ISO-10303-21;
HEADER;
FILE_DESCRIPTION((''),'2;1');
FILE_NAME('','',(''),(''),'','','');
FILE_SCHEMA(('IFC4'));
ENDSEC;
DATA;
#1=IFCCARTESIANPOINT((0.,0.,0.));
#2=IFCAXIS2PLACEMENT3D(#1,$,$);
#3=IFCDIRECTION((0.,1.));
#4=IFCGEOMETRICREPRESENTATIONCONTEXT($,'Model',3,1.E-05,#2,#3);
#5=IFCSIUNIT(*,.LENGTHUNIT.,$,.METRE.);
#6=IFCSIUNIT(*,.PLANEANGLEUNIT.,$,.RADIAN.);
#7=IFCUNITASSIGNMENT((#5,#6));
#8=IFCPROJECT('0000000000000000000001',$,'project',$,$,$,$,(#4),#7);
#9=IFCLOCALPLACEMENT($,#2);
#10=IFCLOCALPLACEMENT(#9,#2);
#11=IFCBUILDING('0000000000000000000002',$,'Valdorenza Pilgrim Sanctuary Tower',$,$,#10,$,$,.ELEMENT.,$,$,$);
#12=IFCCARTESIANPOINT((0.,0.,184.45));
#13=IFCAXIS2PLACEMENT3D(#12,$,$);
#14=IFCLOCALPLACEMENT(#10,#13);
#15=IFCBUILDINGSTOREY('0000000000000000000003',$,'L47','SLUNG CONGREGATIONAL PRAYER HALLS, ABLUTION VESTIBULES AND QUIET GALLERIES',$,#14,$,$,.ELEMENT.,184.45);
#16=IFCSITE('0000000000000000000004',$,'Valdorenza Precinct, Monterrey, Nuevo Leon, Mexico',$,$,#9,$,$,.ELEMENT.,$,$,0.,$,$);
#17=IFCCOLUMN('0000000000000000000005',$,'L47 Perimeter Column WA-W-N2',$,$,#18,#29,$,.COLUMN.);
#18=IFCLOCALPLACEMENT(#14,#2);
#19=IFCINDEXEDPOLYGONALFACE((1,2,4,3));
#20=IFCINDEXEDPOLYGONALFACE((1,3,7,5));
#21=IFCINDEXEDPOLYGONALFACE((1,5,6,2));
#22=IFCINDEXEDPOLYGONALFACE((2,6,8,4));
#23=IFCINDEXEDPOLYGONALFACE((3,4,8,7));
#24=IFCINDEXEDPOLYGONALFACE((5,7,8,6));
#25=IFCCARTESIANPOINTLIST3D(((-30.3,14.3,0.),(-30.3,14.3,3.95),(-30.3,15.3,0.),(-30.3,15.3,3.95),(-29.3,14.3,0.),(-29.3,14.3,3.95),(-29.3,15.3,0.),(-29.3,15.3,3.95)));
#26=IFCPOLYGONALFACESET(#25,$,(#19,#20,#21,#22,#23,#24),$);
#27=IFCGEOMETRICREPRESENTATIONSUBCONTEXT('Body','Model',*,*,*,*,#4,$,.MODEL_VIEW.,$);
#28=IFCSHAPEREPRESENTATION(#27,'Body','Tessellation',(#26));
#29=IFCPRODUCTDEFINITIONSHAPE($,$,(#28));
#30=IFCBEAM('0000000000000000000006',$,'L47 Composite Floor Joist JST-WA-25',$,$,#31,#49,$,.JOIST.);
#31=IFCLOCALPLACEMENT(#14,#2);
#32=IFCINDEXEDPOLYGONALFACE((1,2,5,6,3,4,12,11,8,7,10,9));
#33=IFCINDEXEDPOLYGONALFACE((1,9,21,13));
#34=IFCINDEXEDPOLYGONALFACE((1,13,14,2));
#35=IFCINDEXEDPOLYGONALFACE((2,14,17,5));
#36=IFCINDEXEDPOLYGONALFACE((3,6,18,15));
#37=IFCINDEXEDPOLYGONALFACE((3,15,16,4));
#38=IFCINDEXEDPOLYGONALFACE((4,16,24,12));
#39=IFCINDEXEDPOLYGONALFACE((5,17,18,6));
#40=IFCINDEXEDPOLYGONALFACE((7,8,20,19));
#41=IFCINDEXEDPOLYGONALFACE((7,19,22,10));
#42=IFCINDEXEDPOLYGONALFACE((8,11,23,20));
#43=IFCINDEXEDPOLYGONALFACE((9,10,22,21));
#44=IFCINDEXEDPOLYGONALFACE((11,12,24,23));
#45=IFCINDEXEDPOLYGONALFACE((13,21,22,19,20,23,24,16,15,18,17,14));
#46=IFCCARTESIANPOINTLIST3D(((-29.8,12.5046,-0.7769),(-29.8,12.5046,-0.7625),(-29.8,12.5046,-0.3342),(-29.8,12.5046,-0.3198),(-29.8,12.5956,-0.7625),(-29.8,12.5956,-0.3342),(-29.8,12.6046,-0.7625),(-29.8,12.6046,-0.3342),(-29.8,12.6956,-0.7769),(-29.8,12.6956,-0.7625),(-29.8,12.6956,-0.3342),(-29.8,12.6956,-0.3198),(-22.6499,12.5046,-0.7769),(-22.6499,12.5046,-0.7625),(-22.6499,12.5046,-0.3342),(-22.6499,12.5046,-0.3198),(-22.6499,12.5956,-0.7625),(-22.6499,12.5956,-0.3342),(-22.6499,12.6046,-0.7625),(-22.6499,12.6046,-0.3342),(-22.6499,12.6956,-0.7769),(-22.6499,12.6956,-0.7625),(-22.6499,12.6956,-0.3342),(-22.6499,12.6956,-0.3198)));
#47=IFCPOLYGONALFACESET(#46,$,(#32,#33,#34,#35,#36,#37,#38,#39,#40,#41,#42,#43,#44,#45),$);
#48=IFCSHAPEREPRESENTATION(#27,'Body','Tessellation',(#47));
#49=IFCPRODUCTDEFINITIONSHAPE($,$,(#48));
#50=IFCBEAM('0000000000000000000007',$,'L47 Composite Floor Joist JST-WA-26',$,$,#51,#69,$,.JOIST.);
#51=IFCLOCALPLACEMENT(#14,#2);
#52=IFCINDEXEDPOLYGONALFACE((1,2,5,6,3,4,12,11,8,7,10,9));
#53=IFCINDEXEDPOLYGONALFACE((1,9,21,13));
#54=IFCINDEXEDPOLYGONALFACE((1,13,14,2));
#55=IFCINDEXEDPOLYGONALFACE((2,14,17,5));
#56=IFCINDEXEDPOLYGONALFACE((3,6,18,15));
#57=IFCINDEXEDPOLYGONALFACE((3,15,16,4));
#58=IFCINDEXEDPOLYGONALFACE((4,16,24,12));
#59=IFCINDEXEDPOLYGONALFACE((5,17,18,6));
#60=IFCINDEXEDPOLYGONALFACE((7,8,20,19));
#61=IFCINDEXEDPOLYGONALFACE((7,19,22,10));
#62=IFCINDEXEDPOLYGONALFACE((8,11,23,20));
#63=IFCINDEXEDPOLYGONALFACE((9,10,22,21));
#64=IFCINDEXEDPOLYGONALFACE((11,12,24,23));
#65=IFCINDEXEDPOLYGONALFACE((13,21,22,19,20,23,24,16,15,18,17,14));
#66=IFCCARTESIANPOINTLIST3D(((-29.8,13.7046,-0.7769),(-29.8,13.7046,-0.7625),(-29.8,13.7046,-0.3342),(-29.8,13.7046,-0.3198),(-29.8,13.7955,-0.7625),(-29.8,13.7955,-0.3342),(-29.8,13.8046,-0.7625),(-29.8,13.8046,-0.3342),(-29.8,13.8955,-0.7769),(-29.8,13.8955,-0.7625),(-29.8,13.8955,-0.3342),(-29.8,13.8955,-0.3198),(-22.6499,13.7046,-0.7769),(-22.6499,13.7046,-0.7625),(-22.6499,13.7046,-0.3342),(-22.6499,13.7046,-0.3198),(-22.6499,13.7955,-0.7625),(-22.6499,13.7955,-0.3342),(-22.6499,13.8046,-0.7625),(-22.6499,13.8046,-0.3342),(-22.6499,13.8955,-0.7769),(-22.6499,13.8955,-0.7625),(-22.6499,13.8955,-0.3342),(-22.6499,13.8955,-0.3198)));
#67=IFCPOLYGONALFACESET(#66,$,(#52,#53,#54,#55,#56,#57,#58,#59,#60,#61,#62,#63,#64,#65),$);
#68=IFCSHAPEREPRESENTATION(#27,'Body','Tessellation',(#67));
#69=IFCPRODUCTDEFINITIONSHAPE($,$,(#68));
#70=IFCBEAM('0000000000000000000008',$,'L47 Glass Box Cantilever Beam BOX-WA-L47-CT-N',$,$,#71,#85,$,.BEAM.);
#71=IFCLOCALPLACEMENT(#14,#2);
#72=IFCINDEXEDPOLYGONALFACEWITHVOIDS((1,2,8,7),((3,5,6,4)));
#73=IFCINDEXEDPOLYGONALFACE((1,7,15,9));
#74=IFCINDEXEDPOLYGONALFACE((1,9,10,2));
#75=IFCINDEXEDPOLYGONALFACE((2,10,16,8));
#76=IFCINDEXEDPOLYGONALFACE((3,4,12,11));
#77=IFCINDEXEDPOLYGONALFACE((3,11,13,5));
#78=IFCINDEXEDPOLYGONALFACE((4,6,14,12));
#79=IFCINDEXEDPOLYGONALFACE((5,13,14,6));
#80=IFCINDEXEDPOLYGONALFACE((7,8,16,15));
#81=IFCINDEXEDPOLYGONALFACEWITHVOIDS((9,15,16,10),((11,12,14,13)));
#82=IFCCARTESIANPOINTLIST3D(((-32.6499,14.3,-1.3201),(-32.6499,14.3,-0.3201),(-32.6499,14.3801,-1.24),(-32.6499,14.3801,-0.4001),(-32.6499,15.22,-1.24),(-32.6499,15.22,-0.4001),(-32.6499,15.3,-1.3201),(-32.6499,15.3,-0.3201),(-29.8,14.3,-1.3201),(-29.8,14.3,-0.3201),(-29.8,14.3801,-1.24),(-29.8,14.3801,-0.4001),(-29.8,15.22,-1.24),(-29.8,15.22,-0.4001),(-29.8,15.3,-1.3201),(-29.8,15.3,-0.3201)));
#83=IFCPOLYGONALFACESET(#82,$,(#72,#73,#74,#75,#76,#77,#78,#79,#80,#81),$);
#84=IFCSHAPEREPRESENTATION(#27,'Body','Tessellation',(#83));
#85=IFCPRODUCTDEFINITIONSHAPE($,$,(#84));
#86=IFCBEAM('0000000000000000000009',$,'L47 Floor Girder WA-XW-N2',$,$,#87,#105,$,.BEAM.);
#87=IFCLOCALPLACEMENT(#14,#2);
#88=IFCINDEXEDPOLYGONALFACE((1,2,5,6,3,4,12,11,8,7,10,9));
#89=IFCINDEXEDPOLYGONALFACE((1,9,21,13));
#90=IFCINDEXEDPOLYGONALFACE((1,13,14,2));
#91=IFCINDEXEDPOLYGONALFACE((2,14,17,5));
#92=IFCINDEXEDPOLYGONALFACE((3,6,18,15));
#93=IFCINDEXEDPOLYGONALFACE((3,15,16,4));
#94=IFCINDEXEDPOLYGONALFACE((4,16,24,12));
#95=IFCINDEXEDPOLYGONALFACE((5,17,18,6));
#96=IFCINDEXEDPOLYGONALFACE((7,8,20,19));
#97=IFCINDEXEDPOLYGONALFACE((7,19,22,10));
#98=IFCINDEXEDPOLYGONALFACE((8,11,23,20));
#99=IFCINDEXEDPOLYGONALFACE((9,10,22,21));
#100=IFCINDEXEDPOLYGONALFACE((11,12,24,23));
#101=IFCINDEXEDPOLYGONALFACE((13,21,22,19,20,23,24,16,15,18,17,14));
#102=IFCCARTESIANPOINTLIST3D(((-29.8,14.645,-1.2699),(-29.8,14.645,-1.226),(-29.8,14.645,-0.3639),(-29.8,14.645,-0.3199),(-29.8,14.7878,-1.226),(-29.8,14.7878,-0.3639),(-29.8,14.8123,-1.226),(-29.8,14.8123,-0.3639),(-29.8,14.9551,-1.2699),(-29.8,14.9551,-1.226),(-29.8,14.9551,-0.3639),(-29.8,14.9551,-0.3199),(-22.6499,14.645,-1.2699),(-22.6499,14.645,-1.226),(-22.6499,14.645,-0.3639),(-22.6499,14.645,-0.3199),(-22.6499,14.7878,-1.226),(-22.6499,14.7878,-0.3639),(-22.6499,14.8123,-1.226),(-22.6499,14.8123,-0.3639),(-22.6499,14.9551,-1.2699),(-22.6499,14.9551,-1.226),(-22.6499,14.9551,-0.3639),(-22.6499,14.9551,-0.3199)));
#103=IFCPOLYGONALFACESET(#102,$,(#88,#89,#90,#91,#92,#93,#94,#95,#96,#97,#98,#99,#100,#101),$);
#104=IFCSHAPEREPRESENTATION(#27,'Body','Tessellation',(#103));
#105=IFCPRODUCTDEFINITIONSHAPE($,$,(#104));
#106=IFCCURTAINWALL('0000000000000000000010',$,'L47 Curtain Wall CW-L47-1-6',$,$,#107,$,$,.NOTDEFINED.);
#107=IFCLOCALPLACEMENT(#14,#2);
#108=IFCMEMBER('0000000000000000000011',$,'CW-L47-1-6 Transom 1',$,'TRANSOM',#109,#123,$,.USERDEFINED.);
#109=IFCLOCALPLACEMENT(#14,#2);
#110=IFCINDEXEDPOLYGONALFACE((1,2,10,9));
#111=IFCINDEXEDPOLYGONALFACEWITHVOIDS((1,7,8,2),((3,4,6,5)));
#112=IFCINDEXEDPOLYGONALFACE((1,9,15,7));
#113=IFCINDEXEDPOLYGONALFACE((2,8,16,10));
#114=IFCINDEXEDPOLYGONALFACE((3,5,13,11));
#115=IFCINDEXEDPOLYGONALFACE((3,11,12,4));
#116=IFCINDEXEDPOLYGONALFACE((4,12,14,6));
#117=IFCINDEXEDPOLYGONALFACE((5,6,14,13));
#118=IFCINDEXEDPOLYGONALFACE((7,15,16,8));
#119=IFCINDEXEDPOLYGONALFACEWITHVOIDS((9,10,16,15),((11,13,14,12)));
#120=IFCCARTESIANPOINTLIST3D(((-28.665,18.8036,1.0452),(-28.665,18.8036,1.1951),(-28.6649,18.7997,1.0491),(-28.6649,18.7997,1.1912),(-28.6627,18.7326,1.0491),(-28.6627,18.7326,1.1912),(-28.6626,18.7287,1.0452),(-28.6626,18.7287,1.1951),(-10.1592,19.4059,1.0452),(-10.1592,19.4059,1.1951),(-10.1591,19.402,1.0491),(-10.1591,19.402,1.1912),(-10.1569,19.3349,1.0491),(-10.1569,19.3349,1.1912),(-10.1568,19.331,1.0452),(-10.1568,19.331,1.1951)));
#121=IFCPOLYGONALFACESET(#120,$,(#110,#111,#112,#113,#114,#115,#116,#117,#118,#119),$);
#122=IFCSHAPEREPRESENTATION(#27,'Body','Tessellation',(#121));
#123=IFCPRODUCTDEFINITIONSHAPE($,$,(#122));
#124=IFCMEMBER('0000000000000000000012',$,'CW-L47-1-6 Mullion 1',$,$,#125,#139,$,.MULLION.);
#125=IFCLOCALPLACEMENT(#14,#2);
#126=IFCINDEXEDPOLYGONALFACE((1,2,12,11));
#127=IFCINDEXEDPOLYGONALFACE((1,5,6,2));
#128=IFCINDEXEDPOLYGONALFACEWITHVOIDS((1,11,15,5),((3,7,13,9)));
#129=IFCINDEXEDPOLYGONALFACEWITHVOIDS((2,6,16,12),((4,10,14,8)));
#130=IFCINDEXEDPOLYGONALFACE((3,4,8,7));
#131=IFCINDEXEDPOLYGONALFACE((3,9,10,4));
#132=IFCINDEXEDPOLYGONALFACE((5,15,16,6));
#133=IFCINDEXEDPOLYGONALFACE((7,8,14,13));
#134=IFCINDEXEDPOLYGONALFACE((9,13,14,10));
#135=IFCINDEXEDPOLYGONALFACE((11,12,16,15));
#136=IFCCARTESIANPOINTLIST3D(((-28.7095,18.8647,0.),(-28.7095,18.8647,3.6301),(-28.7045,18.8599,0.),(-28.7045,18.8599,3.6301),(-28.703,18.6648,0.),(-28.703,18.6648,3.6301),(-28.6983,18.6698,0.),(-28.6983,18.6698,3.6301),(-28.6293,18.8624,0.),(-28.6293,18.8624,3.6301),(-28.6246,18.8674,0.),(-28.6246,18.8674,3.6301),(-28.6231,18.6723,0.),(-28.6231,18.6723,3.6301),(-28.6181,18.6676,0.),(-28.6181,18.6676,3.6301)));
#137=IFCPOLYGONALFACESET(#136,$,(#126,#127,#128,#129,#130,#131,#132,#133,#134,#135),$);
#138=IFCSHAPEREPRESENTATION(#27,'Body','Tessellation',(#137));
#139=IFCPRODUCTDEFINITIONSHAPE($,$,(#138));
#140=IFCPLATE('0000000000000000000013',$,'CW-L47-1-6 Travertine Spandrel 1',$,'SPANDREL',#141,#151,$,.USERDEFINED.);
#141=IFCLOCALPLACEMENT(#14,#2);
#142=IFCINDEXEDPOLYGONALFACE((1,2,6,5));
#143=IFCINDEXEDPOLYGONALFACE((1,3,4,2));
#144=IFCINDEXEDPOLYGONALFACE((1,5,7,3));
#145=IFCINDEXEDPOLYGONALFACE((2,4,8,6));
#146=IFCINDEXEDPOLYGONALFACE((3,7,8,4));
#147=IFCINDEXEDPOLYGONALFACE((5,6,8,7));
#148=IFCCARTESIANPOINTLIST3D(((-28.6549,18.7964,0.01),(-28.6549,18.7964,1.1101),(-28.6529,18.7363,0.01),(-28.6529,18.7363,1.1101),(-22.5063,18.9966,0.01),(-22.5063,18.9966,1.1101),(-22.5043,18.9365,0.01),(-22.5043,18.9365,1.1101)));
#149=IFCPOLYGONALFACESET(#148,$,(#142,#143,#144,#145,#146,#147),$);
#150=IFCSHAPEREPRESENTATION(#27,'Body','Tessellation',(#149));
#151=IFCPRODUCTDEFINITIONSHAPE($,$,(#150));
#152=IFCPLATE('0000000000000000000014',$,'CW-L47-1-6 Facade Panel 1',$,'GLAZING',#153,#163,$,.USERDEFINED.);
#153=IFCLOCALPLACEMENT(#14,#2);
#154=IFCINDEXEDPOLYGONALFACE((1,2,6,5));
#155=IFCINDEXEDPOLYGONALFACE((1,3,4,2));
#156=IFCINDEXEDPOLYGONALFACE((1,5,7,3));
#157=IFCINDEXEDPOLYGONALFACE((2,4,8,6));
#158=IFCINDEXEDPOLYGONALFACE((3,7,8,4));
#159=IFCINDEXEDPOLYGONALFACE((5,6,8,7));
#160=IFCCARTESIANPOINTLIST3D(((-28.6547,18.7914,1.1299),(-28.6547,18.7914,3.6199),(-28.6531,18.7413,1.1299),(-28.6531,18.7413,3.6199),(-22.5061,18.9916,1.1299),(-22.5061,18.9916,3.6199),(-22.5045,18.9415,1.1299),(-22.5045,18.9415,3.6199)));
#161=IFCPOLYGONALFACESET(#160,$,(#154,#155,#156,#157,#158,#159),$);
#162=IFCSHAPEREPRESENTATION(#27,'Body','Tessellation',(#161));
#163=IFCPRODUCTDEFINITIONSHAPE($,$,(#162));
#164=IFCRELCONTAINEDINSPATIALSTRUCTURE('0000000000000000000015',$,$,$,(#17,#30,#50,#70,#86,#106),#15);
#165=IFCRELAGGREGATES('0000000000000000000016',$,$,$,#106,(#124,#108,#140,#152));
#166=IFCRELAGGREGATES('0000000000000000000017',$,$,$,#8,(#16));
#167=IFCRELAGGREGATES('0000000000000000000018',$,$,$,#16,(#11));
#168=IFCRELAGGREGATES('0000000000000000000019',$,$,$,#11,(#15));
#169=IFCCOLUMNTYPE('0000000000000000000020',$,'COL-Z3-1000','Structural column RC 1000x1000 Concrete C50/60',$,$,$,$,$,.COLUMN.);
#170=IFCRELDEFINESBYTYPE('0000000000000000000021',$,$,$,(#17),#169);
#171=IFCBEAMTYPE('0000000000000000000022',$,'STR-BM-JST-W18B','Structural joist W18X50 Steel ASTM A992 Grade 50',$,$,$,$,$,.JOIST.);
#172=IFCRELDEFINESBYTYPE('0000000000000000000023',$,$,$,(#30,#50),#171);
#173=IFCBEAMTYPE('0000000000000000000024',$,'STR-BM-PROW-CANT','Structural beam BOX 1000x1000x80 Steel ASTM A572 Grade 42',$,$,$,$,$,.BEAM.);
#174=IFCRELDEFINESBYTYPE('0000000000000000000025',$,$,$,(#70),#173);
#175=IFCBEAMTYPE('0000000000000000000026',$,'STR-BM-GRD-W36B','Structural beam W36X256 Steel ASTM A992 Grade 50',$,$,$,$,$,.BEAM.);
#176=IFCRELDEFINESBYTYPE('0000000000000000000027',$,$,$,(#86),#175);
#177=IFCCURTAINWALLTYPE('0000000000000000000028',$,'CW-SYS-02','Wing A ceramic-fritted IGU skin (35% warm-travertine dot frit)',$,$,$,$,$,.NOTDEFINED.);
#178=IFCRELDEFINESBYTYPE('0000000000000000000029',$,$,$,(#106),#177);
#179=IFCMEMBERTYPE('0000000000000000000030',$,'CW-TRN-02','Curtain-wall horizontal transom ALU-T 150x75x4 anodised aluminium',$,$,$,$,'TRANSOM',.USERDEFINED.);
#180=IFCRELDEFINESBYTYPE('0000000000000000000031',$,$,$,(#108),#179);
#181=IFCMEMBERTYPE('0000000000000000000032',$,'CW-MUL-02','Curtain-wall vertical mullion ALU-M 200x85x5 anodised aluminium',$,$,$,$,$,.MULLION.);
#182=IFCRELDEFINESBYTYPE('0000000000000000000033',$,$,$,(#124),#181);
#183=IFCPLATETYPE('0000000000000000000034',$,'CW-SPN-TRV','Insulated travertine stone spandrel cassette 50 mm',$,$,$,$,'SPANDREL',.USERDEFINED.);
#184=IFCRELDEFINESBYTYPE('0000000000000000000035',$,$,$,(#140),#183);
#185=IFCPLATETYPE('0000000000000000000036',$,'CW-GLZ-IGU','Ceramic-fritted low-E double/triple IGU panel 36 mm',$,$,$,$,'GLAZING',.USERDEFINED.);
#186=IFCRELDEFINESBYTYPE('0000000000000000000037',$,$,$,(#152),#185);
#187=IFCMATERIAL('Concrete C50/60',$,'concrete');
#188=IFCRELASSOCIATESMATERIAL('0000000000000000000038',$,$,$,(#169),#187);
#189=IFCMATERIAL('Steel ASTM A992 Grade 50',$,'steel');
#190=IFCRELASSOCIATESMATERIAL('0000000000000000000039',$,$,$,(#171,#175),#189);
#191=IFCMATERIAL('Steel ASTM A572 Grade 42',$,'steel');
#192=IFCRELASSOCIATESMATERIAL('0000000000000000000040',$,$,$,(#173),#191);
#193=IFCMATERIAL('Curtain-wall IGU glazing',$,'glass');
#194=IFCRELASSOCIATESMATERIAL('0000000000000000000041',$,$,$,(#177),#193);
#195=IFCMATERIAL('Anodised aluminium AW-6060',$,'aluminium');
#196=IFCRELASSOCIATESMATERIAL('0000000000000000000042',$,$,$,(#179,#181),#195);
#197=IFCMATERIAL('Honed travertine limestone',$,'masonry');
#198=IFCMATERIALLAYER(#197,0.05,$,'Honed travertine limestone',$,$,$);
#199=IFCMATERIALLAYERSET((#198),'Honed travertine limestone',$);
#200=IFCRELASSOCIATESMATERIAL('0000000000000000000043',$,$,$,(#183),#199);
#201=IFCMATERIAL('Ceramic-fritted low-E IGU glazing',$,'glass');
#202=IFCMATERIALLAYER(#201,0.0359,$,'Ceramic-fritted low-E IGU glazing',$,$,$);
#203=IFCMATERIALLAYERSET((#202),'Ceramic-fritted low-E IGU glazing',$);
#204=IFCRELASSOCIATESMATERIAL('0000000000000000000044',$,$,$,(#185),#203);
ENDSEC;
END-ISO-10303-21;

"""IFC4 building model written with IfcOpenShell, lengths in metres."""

from ifc_helpers import new_model, si_unit, direction, frame, origin, origin_2d, place, context, subcontext, project, spatial, rectangle, hollow_rectangle, i_section, extrude, source, transform, mapped, material, layer, layer_set, material_profile, profile_set, type_object, element, aggregate, save


model = new_model("IFC4")

# Units and contexts
model_context = context("Model", 3, precision=1e-05, world=origin(), true_north=direction((0.0, 1.0)))
body_context = subcontext(model_context, "Body", "Model", "MODEL_VIEW")
ifc_project = project(units=[si_unit("LENGTHUNIT", "METRE"), si_unit("PLANEANGLEUNIT", "RADIAN")], contexts=[model_context])

# Site, building, storey
site_placement = place(None, origin())
site = spatial("IfcSite", under=ifc_project, at=site_placement, Name="Valdorenza Precinct, Monterrey, Nuevo Leon, Mexico", CompositionType="ELEMENT", RefElevation=0.0)
building_placement = place(site_placement, origin())
building = spatial("IfcBuilding", under=site, at=building_placement, Name="Valdorenza Pilgrim Sanctuary Tower", CompositionType="ELEMENT")
storey_placement = place(building_placement, frame((0.0, 0.0, 184.45)))
storey = spatial("IfcBuildingStorey", under=building, at=storey_placement, Name="L47", Description="SLUNG CONGREGATIONAL PRAYER HALLS, ABLUTION VESTIBULES AND QUIET GALLERIES", CompositionType="ELEMENT", Elevation=184.45)

# Column
ifc_material_1 = material(Name="Concrete C50/60", Category="concrete")
ifc_material_profile_1 = material_profile(ifc_material_1, rectangle(XDim=1.0, YDim=1.0, at=origin_2d()), Name="RC 1000x1000")
ifc_profile_set_1 = profile_set([ifc_material_profile_1], Name="Concrete C50/60")
column_type = type_object("IfcColumnType", Name="COL-Z3-1000", Description="Structural column RC 1000x1000 Concrete C50/60", PredefinedType="COLUMN", material=ifc_profile_set_1)
shared_shape_1 = source(origin(), body_context, "Body", "SweptSolid", [
    extrude(rectangle(XDim=1.0, YDim=1.0, at=origin_2d()), origin(), (0.0, 0.0, 1.0), 3.95),
])
column_placement = place(storey_placement, frame((-29.8, 14.8, 0.0), z_axis=(0.0, 0.0, 1.0), x_axis=(1.0, 0.0, 0.0)))
element("IfcColumn", 1, at=column_placement, inside=storey, type_object=column_type, Name="L47 Perimeter Column WA-W-N2", PredefinedType="COLUMN", context=body_context, shape_type="MappedRepresentation", body=[
    mapped(shared_shape_1, transform((0.0, 0.0, 0.0), x_axis=(1.0, 0.0, 0.0), y_axis=(0.0, 1.0, 0.0), z_axis=(0.0, 0.0, 1.0), scale=1.0)),
])

# Beams
ifc_material_2 = material(Name="Steel ASTM A992 Grade 50", Category="steel")
ifc_material_profile_2 = material_profile(ifc_material_2, i_section(OverallWidth=0.1909, OverallDepth=0.457, WebThickness=0.009, FlangeThickness=0.0144, at=origin_2d()), Name="W18X50")
ifc_profile_set_2 = profile_set([ifc_material_profile_2], Name="Steel ASTM A992 Grade 50")
beam_type_1 = type_object("IfcBeamType", Name="STR-BM-JST-W18B", Description="Structural joist W18X50 Steel ASTM A992 Grade 50", PredefinedType="JOIST", material=ifc_profile_set_2)
shared_shape_2 = source(origin(), body_context, "Body", "SweptSolid", [
    extrude(i_section(OverallWidth=0.1909, OverallDepth=0.457, WebThickness=0.009, FlangeThickness=0.0144, at=origin_2d()), origin(), (0.0, 0.0, 1.0), 7.1501),
])
for number, where, z_axis, x_axis, name in (
    (2, (-29.8, 12.6001, -0.5483), (1.0, 0.0, 0.0), (0.0, 1.0, 0.0), "L47 Composite Floor Joist JST-WA-25"),
    (3, (-29.8, 13.8, -0.5483), (1.0, 0.0, 0.0), (0.0, 1.0, 0.0), "L47 Composite Floor Joist JST-WA-26"),
):
    element("IfcBeam", number, at=place(storey_placement, frame(where, z_axis=z_axis, x_axis=x_axis)), inside=storey, type_object=beam_type_1, Name=name, PredefinedType="JOIST", context=body_context, shape_type="MappedRepresentation", body=[
        mapped(shared_shape_2, transform((0.0, 0.0, 0.0), x_axis=(1.0, 0.0, 0.0), y_axis=(0.0, 1.0, 0.0), z_axis=(0.0, 0.0, 1.0), scale=1.0)),
    ])
ifc_material_3 = material(Name="Steel ASTM A572 Grade 42", Category="steel")
ifc_material_profile_3 = material_profile(ifc_material_3, hollow_rectangle(XDim=1.0, YDim=1.0, WallThickness=0.0801, at=origin_2d()), Name="BOX 1000x1000x80")
ifc_profile_set_3 = profile_set([ifc_material_profile_3], Name="Steel ASTM A572 Grade 42")
beam_type_2 = type_object("IfcBeamType", Name="STR-BM-PROW-CANT", Description="Structural beam BOX 1000x1000x80 Steel ASTM A572 Grade 42", PredefinedType="BEAM", material=ifc_profile_set_3)
shared_shape_3 = source(origin(), body_context, "Body", "SweptSolid", [
    extrude(hollow_rectangle(XDim=1.0, YDim=1.0, WallThickness=0.0801, at=origin_2d()), origin(), (0.0, 0.0, 1.0), 2.8499),
])
beam_1_placement = place(storey_placement, frame((-29.8, 14.8, -0.8201), z_axis=(-1.0, 0.0, 0.0), x_axis=(0.0, -1.0, 0.0)))
element("IfcBeam", 4, at=beam_1_placement, inside=storey, type_object=beam_type_2, Name="L47 Glass Box Cantilever Beam BOX-WA-L47-CT-N", PredefinedType="BEAM", context=body_context, shape_type="MappedRepresentation", body=[
    mapped(shared_shape_3, transform((0.0, 0.0, 0.0), x_axis=(1.0, 0.0, 0.0), y_axis=(0.0, 1.0, 0.0), z_axis=(0.0, 0.0, 1.0), scale=1.0)),
])
ifc_material_profile_4 = material_profile(ifc_material_2, i_section(OverallWidth=0.3101, OverallDepth=0.95, WebThickness=0.0244, FlangeThickness=0.0439, at=origin_2d()), Name="W36X256")
ifc_profile_set_4 = profile_set([ifc_material_profile_4], Name="Steel ASTM A992 Grade 50")
beam_type_3 = type_object("IfcBeamType", Name="STR-BM-GRD-W36B", Description="Structural beam W36X256 Steel ASTM A992 Grade 50", PredefinedType="BEAM", material=ifc_profile_set_4)
shared_shape_4 = source(origin(), body_context, "Body", "SweptSolid", [
    extrude(i_section(OverallWidth=0.3101, OverallDepth=0.95, WebThickness=0.0244, FlangeThickness=0.0439, at=origin_2d()), origin(), (0.0, 0.0, 1.0), 7.1501),
])
beam_2_placement = place(storey_placement, frame((-29.8, 14.8, -0.7949), z_axis=(1.0, 0.0, 0.0), x_axis=(0.0, 1.0, 0.0)))
element("IfcBeam", 5, at=beam_2_placement, inside=storey, type_object=beam_type_3, Name="L47 Floor Girder WA-XW-N2", PredefinedType="BEAM", context=body_context, shape_type="MappedRepresentation", body=[
    mapped(shared_shape_4, transform((0.0, 0.0, 0.0), x_axis=(1.0, 0.0, 0.0), y_axis=(0.0, 1.0, 0.0), z_axis=(0.0, 0.0, 1.0), scale=1.0)),
])

# Curtain wall, members, plates
ifc_material_4 = material(Name="Curtain-wall IGU glazing", Category="glass")
curtain_wall_type = type_object("IfcCurtainWallType", Name="CW-SYS-02", Description="Wing A ceramic-fritted IGU skin (35% warm-travertine dot frit)", PredefinedType="NOTDEFINED", material=ifc_material_4)
curtain_wall_placement = place(storey_placement, origin())
curtain_wall = element("IfcCurtainWall", 6, at=curtain_wall_placement, inside=storey, type_object=curtain_wall_type, Name="L47 Curtain Wall CW-L47-1-6", PredefinedType="NOTDEFINED")
ifc_material_5 = material(Name="Anodised aluminium AW-6060", Category="aluminium")
ifc_material_profile_5 = material_profile(ifc_material_5, hollow_rectangle(XDim=0.075, YDim=0.1499, WallThickness=0.0039, at=origin_2d()), Name="ALU-T 150x75x4")
ifc_profile_set_5 = profile_set([ifc_material_profile_5], Name="Anodised aluminium AW-6060")
member_type_1 = type_object("IfcMemberType", Name="CW-TRN-02", Description="Curtain-wall horizontal transom ALU-T 150x75x4 anodised aluminium", ElementType="TRANSOM", PredefinedType="USERDEFINED", material=ifc_profile_set_5)
shared_shape_5 = source(origin(), body_context, "Body", "SweptSolid", [
    extrude(hollow_rectangle(XDim=0.075, YDim=0.1499, WallThickness=0.0039, at=origin_2d()), origin(), (0.0, 0.0, 1.0), 18.5156),
])
member_1_placement = place(storey_placement, frame((-28.6638, 18.7661, 1.1201), z_axis=(0.999471, 0.032529, 0.0), x_axis=(-0.032529, 0.999471, 0.0)))
member_1 = element("IfcMember", 7, at=member_1_placement, type_object=member_type_1, Name="CW-L47-1-6 Transom 1", ObjectType="TRANSOM", PredefinedType="USERDEFINED", context=body_context, shape_type="MappedRepresentation", body=[
    mapped(shared_shape_5, transform((0.0, 0.0, 0.0), x_axis=(1.0, 0.0, 0.0), y_axis=(0.0, 1.0, 0.0), z_axis=(0.0, 0.0, 1.0), scale=1.0)),
])
ifc_material_profile_6 = material_profile(ifc_material_5, hollow_rectangle(XDim=0.085, YDim=0.2, WallThickness=0.0049, at=origin_2d()), Name="ALU-M 200x85x5")
ifc_profile_set_6 = profile_set([ifc_material_profile_6], Name="Anodised aluminium AW-6060")
member_type_2 = type_object("IfcMemberType", Name="CW-MUL-02", Description="Curtain-wall vertical mullion ALU-M 200x85x5 anodised aluminium", PredefinedType="MULLION", material=ifc_profile_set_6)
shared_shape_6 = source(origin(), body_context, "Body", "SweptSolid", [
    extrude(hollow_rectangle(XDim=0.085, YDim=0.2, WallThickness=0.0049, at=origin_2d()), origin(), (0.0, 0.0, 1.0), 3.6301),
])
member_2_placement = place(storey_placement, frame((-28.6638, 18.7661, 0.0), z_axis=(0.0, 0.0, 1.0), x_axis=(0.99947, 0.032545, 0.0)))
member_2 = element("IfcMember", 8, at=member_2_placement, type_object=member_type_2, Name="CW-L47-1-6 Mullion 1", PredefinedType="MULLION", context=body_context, shape_type="MappedRepresentation", body=[
    mapped(shared_shape_6, transform((0.0, 0.0, 0.0), x_axis=(1.0, 0.0, 0.0), y_axis=(0.0, 1.0, 0.0), z_axis=(0.0, 0.0, 1.0), scale=1.0)),
])
ifc_material_6 = material(Name="Honed travertine limestone", Category="masonry")
ifc_layer_1 = layer(ifc_material_6, 0.05, Name="Honed travertine limestone")
ifc_layer_set_1 = layer_set([ifc_layer_1], Name="Honed travertine limestone")
plate_type_1 = type_object("IfcPlateType", Name="CW-SPN-TRV", Description="Insulated travertine stone spandrel cassette 50 mm", ElementType="SPANDREL", PredefinedType="USERDEFINED", material=ifc_layer_set_1)
shared_shape_7 = source(origin(), body_context, "Body", "SweptSolid", [
    extrude(rectangle(XDim=6.1519, YDim=0.0601, at=origin_2d()), origin(), (0.0, 0.0, 1.0), 1.1001),
])
plate_1_placement = place(storey_placement, frame((-25.5796, 18.8665, 0.01), z_axis=(0.0, 0.0, 1.0), x_axis=(0.99947, 0.032545, 0.0)))
plate_1 = element("IfcPlate", 9, at=plate_1_placement, type_object=plate_type_1, Name="CW-L47-1-6 Travertine Spandrel 1", ObjectType="SPANDREL", PredefinedType="USERDEFINED", context=body_context, shape_type="MappedRepresentation", body=[
    mapped(shared_shape_7, transform((0.0, 0.0, 0.0), x_axis=(1.0, 0.0, 0.0), y_axis=(0.0, 1.0, 0.0), z_axis=(0.0, 0.0, 1.0), scale=1.0)),
])
ifc_material_7 = material(Name="Ceramic-fritted low-E IGU glazing", Category="glass")
ifc_layer_2 = layer(ifc_material_7, 0.0359, Name="Ceramic-fritted low-E IGU glazing")
ifc_layer_set_2 = layer_set([ifc_layer_2], Name="Ceramic-fritted low-E IGU glazing")
plate_type_2 = type_object("IfcPlateType", Name="CW-GLZ-IGU", Description="Ceramic-fritted low-E double/triple IGU panel 36 mm", ElementType="GLAZING", PredefinedType="USERDEFINED", material=ifc_layer_set_2)
shared_shape_8 = source(origin(), body_context, "Body", "SweptSolid", [
    extrude(rectangle(XDim=6.1519, YDim=0.05, at=origin_2d()), origin(), (0.0, 0.0, 1.0), 2.49),
])
plate_2_placement = place(storey_placement, frame((-25.5796, 18.8665, 1.1299), z_axis=(0.0, 0.0, 1.0), x_axis=(0.99947, 0.032545, 0.0)))
plate_2 = element("IfcPlate", 10, at=plate_2_placement, type_object=plate_type_2, Name="CW-L47-1-6 Facade Panel 1", ObjectType="GLAZING", PredefinedType="USERDEFINED", context=body_context, shape_type="MappedRepresentation", body=[
    mapped(shared_shape_8, transform((0.0, 0.0, 0.0), x_axis=(1.0, 0.0, 0.0), y_axis=(0.0, 1.0, 0.0), z_axis=(0.0, 0.0, 1.0), scale=1.0)),
])
aggregate(curtain_wall, [member_2, member_1, plate_1, plate_2])

save(model, "model.ifc")
